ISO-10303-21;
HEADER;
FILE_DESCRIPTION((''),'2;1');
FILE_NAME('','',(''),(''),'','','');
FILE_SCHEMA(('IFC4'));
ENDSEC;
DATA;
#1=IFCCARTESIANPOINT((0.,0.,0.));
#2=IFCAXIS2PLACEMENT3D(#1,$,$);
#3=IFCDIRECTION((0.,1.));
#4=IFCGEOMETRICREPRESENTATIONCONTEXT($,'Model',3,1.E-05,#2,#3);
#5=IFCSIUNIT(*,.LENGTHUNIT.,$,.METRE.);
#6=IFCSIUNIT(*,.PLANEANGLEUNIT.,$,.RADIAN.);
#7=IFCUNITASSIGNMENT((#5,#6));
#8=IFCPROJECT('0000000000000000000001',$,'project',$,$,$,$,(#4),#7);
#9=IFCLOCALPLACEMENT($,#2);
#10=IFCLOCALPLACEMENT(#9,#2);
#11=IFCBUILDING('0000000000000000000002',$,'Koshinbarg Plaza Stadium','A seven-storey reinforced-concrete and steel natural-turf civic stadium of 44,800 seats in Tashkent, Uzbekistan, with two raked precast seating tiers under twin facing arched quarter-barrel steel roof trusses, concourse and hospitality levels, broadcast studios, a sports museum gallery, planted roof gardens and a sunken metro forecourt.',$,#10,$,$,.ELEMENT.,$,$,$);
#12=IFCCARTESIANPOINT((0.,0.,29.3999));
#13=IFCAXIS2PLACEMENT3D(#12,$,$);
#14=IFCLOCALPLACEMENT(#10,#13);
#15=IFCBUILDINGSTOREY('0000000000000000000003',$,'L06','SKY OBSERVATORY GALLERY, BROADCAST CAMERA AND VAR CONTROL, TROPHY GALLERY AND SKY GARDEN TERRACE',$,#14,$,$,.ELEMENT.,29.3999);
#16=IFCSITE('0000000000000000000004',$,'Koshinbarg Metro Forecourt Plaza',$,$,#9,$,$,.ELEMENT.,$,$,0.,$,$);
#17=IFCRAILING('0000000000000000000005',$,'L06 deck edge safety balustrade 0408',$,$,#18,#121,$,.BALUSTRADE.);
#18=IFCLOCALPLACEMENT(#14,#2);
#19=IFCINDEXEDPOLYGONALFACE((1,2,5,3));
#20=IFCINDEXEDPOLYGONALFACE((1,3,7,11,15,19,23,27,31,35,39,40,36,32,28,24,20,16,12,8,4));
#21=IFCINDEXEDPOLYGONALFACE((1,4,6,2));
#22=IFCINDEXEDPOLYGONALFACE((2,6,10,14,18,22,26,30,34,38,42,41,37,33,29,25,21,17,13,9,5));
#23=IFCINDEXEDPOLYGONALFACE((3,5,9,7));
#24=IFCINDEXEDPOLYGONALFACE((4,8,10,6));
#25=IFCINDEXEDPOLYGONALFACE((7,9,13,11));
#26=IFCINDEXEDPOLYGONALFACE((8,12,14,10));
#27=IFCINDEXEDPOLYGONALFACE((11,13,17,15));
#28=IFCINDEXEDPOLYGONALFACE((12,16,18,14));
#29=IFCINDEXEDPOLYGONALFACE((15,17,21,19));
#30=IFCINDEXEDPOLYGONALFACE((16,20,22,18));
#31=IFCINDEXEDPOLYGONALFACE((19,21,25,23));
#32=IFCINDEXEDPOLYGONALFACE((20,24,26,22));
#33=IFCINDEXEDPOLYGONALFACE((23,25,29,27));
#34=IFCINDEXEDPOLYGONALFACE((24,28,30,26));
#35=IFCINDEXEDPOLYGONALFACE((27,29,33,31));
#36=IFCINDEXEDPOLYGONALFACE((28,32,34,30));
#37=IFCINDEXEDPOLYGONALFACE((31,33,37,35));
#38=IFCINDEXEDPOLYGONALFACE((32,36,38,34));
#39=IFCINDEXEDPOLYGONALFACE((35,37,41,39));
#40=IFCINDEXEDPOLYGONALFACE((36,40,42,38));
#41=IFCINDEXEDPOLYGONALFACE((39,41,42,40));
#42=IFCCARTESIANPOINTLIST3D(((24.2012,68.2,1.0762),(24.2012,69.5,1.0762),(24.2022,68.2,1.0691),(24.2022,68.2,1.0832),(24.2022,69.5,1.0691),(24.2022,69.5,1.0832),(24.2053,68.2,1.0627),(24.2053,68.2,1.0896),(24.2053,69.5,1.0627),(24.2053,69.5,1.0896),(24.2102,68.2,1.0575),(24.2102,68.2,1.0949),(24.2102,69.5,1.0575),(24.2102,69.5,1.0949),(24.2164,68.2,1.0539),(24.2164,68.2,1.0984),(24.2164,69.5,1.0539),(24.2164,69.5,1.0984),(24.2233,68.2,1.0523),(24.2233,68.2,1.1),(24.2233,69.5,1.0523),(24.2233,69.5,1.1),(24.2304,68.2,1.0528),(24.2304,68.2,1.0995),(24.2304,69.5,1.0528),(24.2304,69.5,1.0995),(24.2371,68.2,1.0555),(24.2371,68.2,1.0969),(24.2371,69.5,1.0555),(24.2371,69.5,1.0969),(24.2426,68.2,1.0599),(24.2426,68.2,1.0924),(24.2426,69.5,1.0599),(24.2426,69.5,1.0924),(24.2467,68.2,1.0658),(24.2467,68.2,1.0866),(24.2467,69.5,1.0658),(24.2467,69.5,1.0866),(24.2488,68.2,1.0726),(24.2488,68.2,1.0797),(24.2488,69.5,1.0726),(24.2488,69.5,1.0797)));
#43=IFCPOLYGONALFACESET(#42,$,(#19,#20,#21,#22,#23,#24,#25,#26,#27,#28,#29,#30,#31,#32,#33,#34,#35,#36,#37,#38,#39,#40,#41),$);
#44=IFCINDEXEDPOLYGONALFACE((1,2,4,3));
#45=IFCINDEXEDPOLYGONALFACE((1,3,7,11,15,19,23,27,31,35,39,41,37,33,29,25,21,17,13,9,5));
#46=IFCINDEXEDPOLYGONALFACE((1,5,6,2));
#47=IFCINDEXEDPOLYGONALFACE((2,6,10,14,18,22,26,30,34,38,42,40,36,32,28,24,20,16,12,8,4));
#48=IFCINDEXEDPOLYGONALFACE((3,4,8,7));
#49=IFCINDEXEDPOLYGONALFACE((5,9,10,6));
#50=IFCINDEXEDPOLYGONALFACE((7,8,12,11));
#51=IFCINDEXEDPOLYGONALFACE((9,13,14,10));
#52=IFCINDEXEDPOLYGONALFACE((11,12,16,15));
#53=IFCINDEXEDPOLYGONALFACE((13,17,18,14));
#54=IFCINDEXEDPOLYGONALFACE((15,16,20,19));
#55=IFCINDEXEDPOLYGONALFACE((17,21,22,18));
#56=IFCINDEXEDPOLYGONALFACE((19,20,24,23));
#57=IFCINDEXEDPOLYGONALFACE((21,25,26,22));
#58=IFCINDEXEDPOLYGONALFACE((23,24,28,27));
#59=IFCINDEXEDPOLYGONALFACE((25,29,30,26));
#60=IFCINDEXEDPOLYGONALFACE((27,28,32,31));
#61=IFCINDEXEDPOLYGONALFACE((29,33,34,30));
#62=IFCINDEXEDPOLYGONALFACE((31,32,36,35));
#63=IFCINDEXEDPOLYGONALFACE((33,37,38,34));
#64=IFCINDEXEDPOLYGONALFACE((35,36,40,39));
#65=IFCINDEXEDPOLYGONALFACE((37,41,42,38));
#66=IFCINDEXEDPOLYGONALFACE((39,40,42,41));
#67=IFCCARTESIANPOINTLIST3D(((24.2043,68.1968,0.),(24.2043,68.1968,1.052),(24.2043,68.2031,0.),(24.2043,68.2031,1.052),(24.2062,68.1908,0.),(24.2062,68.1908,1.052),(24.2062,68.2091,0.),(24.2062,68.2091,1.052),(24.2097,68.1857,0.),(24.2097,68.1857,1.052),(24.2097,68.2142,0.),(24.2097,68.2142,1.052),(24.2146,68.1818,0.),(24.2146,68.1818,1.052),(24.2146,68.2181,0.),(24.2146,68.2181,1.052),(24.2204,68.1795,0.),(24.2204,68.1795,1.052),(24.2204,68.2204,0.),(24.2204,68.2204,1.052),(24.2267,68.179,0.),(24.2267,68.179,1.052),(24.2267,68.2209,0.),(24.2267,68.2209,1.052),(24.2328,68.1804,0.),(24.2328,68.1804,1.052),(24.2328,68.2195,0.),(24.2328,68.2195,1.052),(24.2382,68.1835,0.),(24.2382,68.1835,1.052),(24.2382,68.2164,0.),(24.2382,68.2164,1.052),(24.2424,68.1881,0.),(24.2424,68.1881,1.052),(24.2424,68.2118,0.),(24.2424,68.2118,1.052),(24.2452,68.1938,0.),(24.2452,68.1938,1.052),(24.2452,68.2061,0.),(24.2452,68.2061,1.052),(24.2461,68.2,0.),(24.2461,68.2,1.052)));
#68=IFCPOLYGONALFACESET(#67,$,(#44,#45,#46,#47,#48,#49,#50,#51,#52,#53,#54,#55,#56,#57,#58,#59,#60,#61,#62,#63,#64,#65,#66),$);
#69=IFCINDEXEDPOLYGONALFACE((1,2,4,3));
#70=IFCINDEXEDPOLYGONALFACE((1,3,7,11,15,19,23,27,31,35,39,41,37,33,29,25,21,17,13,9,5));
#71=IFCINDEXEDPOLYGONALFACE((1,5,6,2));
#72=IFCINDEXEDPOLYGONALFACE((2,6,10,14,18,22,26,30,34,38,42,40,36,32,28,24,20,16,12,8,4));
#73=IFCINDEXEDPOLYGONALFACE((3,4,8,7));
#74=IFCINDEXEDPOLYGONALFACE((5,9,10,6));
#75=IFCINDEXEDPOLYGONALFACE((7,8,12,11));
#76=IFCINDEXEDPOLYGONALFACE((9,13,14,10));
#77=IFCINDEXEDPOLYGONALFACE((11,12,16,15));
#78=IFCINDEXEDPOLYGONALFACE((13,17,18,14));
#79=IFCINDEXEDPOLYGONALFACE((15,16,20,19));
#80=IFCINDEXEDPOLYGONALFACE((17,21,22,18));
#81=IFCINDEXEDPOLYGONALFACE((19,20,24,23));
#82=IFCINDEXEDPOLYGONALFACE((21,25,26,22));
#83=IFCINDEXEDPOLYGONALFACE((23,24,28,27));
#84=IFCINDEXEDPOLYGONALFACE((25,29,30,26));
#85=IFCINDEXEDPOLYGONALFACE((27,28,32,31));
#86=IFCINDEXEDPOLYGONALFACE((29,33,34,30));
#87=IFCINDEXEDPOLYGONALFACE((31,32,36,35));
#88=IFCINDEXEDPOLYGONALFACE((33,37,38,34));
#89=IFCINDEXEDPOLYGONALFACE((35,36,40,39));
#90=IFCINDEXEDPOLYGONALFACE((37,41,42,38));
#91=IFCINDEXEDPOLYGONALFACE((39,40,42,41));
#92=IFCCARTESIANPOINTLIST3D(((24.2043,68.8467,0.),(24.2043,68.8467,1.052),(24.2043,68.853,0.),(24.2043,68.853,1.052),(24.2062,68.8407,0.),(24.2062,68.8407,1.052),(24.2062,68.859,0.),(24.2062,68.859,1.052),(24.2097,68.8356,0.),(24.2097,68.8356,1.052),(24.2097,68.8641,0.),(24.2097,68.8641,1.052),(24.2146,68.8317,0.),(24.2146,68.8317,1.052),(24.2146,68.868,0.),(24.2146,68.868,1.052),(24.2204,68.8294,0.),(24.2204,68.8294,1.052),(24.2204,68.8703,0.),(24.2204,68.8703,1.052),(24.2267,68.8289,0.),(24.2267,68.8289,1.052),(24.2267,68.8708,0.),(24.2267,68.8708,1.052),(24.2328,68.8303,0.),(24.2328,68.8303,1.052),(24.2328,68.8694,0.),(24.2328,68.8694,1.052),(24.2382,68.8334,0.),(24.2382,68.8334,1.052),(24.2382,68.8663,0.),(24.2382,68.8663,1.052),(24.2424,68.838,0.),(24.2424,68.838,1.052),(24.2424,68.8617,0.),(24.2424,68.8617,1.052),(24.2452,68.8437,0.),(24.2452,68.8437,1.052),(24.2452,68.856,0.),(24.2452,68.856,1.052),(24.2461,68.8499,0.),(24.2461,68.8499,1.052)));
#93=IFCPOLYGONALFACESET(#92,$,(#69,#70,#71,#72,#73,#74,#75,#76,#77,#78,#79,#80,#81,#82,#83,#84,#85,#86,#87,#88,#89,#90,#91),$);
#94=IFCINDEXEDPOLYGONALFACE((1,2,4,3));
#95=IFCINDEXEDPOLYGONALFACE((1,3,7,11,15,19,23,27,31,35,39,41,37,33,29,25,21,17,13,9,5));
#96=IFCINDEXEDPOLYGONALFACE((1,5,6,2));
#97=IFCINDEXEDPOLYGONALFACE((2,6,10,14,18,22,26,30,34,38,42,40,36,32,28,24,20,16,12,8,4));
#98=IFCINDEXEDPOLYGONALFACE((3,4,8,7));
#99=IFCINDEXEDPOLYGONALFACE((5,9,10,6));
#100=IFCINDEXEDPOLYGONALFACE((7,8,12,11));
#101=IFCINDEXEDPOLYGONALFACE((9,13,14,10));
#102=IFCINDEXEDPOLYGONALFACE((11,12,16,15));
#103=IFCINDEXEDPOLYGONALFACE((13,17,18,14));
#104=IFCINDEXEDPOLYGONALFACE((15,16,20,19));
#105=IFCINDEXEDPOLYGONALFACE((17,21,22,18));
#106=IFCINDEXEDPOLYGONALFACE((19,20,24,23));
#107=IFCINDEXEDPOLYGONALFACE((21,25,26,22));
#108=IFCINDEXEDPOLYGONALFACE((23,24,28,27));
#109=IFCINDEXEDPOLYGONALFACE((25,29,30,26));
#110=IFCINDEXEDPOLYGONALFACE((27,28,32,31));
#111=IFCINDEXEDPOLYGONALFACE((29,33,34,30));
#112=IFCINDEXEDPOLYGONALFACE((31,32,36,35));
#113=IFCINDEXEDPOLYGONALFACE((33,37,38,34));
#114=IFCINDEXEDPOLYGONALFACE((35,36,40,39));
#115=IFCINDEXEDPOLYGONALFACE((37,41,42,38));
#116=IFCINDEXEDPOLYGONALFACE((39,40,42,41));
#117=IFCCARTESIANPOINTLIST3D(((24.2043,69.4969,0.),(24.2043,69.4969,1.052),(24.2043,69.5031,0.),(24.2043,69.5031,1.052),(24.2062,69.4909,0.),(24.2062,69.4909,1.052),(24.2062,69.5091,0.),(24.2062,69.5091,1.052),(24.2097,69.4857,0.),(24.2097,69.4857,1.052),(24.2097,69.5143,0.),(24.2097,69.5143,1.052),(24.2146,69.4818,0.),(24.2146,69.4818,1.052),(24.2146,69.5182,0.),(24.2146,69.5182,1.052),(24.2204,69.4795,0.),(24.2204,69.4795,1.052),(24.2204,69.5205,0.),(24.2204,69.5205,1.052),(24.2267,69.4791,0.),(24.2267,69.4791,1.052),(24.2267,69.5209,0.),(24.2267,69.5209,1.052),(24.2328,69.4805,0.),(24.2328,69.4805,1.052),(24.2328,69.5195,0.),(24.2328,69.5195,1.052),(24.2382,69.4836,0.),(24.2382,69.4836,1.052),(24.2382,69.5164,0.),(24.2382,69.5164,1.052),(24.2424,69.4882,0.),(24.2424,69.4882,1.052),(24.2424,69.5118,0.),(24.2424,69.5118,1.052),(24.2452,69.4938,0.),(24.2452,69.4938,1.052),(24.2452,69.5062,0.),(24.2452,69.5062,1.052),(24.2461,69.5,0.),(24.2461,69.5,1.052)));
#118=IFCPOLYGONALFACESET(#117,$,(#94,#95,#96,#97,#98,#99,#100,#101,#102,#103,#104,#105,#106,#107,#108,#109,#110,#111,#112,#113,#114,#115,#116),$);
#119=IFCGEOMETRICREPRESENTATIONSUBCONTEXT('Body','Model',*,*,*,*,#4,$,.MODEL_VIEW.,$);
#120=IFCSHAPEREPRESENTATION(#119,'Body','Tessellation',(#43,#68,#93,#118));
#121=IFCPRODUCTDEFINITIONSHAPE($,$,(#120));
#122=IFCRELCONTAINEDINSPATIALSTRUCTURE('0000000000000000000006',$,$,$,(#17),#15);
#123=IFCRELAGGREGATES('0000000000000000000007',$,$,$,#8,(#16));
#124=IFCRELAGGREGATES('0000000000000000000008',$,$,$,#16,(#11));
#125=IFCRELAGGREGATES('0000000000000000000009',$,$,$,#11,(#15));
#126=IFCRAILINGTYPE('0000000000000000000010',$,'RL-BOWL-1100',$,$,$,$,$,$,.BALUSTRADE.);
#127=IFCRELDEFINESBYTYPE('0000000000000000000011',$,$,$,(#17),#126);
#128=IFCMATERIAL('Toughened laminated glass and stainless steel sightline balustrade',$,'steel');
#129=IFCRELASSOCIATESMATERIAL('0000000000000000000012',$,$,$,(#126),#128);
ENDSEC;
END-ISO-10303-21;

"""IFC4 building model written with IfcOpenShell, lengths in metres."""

from ifc_helpers import new_model, si_unit, direction, frame, origin, origin_2d, place, context, subcontext, project, spatial, circle, extrude, material, type_object, element, save


model = new_model("IFC4")

# Units and contexts
model_context = context("Model", 3, precision=1e-05, world=origin(), true_north=direction((0.0, 1.0)))
body_context = subcontext(model_context, "Body", "Model", "MODEL_VIEW")
ifc_project = project(units=[si_unit("LENGTHUNIT", "METRE"), si_unit("PLANEANGLEUNIT", "RADIAN")], contexts=[model_context])

# Site, building, storey
site_placement = place(None, origin())
site = spatial("IfcSite", under=ifc_project, at=site_placement, Name="Koshinbarg Metro Forecourt Plaza", CompositionType="ELEMENT", RefElevation=0.0)
building_placement = place(site_placement, origin())
building = spatial("IfcBuilding", under=site, at=building_placement, Name="Koshinbarg Plaza Stadium", Description="A seven-storey reinforced-concrete and steel natural-turf civic stadium of 44,800 seats in Tashkent, Uzbekistan, with two raked precast seating tiers under twin facing arched quarter-barrel steel roof trusses, concourse and hospitality levels, broadcast studios, a sports museum gallery, planted roof gardens and a sunken metro forecourt.", CompositionType="ELEMENT")
storey_placement = place(building_placement, frame((0.0, 0.0, 29.3999)))
storey = spatial("IfcBuildingStorey", under=building, at=storey_placement, Name="L06", Description="SKY OBSERVATORY GALLERY, BROADCAST CAMERA AND VAR CONTROL, TROPHY GALLERY AND SKY GARDEN TERRACE", CompositionType="ELEMENT", Elevation=29.3999)

# Railing
ifc_material_1 = material(Name="Toughened laminated glass and stainless steel sightline balustrade", Category="steel")
railing_type = type_object("IfcRailingType", Name="RL-BOWL-1100", PredefinedType="BALUSTRADE", material=ifc_material_1)
railing_placement = place(storey_placement, frame((24.2251, 68.2, 0.0)))
element("IfcRailing", 1, at=railing_placement, inside=storey, type_object=railing_type, Name="L06 deck edge safety balustrade 0408", PredefinedType="BALUSTRADE", context=body_context, shape_type="SweptSolid", body=[
    extrude(circle(Radius=0.0239, at=origin_2d()), frame((0.0, 0.0, 1.0762), z_axis=(0.0, 1.0, 0.0), x_axis=(-1.0, 0.0, 0.0)), (0.0, 0.0, 1.0), 1.3),
    extrude(circle(Radius=0.021, at=origin_2d()), origin(), (0.0, 0.0, 1.0), 1.052),
    extrude(circle(Radius=0.021, at=origin_2d()), frame((0.0, 0.6499, 0.0)), (0.0, 0.0, 1.0), 1.052),
    extrude(circle(Radius=0.021, at=origin_2d()), frame((0.0, 1.3, 0.0)), (0.0, 0.0, 1.0), 1.052),
])

save(model, "model.ifc")
